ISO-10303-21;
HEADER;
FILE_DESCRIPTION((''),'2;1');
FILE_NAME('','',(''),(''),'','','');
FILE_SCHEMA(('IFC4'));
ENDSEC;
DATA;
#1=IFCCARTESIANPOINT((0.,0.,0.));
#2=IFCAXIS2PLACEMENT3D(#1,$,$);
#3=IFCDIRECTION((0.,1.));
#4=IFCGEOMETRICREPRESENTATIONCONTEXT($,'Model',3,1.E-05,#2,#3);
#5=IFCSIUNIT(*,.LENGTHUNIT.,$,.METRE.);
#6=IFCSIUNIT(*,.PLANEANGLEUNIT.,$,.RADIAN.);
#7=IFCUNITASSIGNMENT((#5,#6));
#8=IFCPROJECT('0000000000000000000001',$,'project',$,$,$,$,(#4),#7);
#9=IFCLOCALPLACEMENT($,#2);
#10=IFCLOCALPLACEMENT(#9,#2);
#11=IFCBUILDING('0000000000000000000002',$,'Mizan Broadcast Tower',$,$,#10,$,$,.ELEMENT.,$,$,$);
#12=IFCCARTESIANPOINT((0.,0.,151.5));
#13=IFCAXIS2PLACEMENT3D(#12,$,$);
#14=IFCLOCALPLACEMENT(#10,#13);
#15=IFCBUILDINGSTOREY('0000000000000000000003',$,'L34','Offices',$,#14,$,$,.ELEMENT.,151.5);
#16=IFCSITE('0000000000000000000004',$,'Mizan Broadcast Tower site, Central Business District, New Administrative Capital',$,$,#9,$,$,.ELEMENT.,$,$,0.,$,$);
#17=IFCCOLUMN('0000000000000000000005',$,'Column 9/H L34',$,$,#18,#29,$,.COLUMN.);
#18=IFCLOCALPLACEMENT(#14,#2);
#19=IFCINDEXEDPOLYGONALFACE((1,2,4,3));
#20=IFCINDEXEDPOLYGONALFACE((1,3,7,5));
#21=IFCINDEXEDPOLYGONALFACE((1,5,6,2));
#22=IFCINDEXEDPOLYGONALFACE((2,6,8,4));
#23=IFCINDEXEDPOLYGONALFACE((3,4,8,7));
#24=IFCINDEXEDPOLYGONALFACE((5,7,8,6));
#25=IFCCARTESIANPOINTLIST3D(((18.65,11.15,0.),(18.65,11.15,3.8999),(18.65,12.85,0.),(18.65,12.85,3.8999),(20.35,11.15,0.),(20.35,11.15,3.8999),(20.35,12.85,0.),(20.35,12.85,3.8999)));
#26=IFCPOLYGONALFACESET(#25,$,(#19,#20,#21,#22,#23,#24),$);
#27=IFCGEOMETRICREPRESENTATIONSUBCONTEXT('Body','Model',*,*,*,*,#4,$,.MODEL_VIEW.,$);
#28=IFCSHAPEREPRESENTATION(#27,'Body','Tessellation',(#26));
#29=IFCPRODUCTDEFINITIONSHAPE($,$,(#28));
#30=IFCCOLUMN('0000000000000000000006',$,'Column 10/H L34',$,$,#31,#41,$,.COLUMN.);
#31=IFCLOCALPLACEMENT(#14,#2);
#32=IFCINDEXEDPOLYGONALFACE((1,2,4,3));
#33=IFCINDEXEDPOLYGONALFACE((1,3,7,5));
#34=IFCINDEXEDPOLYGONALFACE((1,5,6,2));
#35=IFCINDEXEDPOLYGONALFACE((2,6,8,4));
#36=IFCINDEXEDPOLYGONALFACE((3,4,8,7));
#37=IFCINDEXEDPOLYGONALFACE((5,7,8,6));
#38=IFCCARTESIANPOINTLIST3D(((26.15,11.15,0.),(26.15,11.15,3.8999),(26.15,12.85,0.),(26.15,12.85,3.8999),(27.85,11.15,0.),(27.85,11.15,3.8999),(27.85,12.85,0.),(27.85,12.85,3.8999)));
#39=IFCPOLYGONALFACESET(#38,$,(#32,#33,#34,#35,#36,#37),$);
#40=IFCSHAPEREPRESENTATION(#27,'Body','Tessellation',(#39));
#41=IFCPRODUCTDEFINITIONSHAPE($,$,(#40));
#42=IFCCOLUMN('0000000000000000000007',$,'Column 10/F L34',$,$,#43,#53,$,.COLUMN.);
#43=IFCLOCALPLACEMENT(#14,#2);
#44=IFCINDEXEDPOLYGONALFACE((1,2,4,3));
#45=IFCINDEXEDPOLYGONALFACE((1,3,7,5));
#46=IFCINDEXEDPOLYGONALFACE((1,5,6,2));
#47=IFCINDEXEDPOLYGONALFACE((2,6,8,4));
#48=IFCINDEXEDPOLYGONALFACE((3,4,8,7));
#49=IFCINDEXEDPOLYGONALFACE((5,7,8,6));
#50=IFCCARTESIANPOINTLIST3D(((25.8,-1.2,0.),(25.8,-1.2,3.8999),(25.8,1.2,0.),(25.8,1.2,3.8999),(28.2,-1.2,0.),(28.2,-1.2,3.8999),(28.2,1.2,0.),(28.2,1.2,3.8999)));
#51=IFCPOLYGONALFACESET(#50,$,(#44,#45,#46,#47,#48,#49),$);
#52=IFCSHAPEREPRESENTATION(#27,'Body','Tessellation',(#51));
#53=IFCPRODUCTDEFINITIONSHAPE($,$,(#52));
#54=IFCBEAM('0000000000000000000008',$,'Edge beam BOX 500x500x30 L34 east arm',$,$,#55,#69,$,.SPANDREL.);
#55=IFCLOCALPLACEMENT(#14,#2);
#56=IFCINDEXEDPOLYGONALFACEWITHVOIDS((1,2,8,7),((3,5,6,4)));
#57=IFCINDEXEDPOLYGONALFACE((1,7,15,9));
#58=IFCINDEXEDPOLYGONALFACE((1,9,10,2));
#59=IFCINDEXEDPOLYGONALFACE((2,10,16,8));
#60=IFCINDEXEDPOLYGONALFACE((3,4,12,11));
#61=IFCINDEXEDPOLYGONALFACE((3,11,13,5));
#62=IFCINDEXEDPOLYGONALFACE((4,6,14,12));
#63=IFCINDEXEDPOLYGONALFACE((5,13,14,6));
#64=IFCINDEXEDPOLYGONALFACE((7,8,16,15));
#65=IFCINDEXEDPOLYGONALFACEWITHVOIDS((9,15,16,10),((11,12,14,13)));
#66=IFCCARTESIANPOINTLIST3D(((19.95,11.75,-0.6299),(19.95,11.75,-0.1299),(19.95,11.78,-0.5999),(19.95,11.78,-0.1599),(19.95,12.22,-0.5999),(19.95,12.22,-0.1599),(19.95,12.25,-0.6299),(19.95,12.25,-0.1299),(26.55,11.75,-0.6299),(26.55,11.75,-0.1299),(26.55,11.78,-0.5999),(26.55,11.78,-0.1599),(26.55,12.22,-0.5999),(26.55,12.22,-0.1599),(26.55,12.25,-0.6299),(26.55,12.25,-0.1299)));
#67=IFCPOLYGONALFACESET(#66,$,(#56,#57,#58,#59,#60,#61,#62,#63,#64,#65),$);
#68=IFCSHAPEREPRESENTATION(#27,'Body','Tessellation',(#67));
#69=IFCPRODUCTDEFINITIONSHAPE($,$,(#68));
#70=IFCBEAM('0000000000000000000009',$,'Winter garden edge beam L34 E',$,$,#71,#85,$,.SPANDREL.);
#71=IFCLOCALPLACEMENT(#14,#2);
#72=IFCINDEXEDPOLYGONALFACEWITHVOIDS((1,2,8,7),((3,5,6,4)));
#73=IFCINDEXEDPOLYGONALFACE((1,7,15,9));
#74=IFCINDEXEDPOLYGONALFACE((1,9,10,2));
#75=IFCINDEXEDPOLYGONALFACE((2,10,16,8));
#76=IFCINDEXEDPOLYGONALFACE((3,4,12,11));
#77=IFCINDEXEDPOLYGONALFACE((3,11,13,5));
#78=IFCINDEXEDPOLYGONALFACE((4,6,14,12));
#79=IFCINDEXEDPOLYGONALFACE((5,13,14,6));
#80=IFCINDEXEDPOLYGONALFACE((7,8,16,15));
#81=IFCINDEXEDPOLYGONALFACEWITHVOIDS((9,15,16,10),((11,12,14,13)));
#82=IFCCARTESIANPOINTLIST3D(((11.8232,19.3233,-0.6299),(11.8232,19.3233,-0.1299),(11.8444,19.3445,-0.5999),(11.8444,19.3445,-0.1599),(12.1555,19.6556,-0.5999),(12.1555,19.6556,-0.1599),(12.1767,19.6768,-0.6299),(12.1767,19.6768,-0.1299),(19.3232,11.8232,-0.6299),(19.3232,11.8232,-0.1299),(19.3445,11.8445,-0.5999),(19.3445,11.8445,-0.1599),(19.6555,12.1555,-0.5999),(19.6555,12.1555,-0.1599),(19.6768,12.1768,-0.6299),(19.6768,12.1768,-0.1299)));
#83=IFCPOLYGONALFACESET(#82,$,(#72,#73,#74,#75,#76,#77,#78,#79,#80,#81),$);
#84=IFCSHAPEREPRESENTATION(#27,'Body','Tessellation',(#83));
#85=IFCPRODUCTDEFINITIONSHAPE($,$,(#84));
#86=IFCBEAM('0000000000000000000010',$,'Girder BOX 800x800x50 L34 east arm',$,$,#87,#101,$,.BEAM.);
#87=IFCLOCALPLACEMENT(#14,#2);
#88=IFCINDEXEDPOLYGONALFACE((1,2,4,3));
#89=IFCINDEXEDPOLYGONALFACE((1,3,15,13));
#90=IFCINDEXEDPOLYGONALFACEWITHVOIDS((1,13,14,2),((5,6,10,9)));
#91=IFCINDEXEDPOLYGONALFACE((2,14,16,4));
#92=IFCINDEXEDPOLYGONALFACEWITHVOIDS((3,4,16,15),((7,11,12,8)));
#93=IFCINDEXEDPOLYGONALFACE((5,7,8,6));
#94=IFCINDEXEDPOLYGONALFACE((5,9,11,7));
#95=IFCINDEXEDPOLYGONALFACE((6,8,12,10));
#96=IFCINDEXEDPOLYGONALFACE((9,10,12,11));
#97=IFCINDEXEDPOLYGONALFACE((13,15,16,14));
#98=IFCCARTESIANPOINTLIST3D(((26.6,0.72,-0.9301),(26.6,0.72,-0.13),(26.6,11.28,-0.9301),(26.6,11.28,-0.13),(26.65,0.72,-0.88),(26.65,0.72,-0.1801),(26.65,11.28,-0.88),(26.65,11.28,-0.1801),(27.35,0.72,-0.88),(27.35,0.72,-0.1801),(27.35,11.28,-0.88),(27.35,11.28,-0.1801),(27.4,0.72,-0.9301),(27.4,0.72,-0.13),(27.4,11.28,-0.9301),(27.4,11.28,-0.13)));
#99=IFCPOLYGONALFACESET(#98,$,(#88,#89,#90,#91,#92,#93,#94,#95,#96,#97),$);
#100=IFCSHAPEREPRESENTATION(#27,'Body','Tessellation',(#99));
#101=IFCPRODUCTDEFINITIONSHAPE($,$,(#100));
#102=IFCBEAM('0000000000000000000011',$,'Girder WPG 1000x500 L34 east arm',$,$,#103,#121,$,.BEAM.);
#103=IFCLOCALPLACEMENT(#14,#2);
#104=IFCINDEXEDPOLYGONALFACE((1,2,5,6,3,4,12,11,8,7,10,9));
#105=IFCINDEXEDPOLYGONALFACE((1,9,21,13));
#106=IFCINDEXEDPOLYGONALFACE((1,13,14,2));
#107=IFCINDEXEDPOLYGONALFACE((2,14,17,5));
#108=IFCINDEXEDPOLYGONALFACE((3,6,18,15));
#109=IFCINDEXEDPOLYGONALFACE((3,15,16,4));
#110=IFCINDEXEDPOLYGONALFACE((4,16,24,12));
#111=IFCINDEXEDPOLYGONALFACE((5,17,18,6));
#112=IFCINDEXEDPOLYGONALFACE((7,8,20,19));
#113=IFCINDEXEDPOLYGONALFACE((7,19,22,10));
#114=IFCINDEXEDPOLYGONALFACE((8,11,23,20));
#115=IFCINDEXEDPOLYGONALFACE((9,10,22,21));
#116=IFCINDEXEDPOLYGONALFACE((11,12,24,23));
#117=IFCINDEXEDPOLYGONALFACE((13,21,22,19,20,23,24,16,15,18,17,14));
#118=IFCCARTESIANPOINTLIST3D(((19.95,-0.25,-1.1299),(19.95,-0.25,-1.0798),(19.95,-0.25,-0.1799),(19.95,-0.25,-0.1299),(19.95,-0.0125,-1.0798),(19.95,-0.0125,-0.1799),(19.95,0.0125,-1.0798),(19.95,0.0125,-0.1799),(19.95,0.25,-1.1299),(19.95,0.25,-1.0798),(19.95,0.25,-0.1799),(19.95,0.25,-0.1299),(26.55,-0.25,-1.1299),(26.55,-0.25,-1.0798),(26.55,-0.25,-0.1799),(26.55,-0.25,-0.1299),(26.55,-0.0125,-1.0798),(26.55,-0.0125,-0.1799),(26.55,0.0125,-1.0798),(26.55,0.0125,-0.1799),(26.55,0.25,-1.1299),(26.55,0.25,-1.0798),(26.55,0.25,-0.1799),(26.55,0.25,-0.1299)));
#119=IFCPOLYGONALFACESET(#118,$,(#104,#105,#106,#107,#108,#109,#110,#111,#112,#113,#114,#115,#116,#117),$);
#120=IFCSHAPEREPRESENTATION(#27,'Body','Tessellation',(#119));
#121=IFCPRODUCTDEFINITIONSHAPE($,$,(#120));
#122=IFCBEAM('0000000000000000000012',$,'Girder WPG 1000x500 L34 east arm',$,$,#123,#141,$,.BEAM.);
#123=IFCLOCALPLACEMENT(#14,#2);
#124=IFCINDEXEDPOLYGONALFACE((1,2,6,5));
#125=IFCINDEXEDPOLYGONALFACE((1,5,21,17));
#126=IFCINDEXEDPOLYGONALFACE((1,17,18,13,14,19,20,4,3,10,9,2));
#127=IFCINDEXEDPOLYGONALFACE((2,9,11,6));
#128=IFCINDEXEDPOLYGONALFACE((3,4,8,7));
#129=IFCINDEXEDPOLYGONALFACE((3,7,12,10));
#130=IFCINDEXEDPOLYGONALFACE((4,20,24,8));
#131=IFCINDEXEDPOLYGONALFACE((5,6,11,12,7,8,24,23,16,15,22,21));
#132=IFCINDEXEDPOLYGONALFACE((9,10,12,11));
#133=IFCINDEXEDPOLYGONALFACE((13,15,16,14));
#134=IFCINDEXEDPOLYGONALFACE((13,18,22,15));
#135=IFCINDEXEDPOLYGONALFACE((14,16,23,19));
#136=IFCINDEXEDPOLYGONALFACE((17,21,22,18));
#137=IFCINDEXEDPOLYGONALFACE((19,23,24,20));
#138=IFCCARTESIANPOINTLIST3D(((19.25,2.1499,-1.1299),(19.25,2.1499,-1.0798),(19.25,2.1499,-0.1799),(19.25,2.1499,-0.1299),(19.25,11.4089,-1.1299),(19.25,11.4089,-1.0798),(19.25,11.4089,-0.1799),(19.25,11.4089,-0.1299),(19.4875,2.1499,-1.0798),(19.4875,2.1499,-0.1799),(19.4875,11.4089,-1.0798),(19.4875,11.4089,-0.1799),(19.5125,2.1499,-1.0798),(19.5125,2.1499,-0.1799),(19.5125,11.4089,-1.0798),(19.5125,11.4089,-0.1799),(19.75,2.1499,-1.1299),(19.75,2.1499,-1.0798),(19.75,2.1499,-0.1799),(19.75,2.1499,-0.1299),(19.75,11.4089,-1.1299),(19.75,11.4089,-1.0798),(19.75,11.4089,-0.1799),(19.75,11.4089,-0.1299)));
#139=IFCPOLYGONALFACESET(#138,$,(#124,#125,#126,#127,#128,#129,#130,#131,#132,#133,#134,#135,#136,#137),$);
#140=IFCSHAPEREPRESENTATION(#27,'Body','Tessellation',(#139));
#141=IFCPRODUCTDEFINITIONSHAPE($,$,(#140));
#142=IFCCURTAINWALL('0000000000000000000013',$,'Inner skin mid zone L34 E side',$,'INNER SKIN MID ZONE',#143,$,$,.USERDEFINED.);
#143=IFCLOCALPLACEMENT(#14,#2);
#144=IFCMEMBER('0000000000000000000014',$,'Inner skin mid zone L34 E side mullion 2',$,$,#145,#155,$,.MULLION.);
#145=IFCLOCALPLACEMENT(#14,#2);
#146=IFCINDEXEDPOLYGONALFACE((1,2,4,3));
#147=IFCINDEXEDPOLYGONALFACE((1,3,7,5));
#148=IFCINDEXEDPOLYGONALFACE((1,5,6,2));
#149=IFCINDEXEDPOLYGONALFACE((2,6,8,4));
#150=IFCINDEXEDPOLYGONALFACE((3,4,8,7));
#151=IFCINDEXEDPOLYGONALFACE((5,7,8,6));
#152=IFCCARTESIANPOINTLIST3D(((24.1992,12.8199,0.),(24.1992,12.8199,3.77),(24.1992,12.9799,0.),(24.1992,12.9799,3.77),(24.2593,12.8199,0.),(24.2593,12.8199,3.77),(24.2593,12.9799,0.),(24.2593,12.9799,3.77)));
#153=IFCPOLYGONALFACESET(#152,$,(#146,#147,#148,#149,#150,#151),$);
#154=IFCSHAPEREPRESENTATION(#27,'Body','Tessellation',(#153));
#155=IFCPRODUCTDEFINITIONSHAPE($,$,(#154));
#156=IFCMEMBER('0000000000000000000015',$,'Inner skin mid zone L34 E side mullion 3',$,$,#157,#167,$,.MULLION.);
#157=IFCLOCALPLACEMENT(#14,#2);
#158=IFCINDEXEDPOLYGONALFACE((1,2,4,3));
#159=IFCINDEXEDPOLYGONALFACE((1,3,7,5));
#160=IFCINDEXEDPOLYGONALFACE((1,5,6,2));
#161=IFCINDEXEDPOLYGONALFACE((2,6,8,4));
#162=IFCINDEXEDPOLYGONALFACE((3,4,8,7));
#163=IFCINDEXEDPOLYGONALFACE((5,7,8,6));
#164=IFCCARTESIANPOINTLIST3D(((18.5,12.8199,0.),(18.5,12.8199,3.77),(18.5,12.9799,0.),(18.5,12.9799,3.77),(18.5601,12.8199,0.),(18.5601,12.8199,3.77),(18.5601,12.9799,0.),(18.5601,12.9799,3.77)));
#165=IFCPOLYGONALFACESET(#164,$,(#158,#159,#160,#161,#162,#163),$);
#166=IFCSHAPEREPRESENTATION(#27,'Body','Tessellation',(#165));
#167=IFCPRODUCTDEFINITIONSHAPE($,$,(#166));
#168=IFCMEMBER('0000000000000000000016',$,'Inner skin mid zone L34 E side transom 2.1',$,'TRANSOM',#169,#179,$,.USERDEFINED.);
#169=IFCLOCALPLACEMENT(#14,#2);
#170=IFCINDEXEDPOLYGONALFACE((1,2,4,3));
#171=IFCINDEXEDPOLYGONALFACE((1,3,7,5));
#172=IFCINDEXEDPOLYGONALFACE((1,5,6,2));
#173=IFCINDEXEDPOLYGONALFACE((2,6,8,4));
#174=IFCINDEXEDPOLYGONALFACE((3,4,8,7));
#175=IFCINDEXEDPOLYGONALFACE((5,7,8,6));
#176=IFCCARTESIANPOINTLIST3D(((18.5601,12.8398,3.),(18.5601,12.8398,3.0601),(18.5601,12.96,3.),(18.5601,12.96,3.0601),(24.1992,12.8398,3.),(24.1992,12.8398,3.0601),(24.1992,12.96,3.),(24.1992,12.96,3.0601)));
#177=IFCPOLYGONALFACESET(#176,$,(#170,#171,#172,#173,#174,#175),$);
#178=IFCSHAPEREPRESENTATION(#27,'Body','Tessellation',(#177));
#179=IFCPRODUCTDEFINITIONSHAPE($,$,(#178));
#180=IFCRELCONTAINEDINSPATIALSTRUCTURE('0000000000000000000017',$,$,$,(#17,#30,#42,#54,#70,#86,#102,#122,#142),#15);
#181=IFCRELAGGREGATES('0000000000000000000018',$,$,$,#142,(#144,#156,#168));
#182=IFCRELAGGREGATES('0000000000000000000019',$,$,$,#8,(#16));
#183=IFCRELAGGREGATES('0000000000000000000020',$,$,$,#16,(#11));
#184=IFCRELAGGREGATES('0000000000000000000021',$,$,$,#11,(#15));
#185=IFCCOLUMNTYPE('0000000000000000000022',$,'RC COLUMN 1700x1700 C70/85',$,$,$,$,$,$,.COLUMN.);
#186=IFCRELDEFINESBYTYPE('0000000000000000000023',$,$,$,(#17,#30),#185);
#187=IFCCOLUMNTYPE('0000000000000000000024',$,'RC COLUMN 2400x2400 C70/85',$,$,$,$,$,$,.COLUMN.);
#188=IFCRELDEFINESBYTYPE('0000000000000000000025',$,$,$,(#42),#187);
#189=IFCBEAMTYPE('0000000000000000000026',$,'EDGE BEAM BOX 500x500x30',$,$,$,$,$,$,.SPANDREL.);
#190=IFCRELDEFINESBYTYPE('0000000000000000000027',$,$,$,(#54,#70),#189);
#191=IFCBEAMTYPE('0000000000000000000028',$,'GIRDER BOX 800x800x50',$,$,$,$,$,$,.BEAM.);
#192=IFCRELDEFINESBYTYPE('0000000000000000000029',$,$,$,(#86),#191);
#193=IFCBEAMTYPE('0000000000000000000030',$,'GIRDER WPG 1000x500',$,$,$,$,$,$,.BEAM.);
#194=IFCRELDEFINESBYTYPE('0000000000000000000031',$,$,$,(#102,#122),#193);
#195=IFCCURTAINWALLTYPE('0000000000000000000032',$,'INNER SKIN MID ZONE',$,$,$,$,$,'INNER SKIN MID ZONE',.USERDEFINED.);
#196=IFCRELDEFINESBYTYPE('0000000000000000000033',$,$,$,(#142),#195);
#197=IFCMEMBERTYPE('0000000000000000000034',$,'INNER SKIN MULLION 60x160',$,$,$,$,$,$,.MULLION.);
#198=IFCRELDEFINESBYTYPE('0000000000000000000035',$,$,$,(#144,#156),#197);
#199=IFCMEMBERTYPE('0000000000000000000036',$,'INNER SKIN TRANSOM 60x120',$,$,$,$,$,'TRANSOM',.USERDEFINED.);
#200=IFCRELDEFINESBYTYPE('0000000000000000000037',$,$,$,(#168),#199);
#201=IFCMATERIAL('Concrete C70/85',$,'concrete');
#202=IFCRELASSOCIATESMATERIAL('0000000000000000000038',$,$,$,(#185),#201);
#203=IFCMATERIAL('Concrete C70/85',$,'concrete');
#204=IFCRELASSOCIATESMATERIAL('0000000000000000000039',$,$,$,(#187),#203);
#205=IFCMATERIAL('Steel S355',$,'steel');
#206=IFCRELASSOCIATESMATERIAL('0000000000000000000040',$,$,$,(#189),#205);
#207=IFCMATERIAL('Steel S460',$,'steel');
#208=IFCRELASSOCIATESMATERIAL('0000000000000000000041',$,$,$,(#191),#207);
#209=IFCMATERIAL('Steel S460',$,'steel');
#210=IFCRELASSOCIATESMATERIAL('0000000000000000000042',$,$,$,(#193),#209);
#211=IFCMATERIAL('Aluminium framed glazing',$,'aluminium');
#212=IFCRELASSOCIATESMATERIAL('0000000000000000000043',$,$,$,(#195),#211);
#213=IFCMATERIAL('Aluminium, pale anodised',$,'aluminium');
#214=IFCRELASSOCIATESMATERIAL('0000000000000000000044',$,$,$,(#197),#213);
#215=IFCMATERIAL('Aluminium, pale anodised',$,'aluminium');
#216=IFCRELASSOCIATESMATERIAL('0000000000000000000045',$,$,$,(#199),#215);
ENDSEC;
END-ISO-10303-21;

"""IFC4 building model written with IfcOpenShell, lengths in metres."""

from ifc_helpers import new_model, si_unit, direction, frame, origin, origin_2d, place, context, subcontext, project, spatial, rectangle, hollow_rectangle, i_section, extrude, material, material_profile, profile_set, type_object, element, aggregate, save


model = new_model("IFC4")

# Units and contexts
model_context = context("Model", 3, precision=1e-05, world=origin(), true_north=direction((0.0, 1.0)))
body_context = subcontext(model_context, "Body", "Model", "MODEL_VIEW")
ifc_project = project(units=[si_unit("LENGTHUNIT", "METRE"), si_unit("PLANEANGLEUNIT", "RADIAN")], contexts=[model_context])

# Site, building, storey
site_placement = place(None, origin())
site = spatial("IfcSite", under=ifc_project, at=site_placement, Name="Mizan Broadcast Tower site, Central Business District, New Administrative Capital", CompositionType="ELEMENT", RefElevation=0.0)
building_placement = place(site_placement, origin())
building = spatial("IfcBuilding", under=site, at=building_placement, Name="Mizan Broadcast Tower", CompositionType="ELEMENT")
storey_placement = place(building_placement, frame((0.0, 0.0, 151.5)))
storey = spatial("IfcBuildingStorey", under=building, at=storey_placement, Name="L34", Description="Offices", CompositionType="ELEMENT", Elevation=151.5)

# Columns
ifc_material_1 = material(Name="Concrete C70/85", Category="concrete")
ifc_material_profile_1 = material_profile(ifc_material_1, rectangle(XDim=1.7, YDim=1.7, at=origin_2d()), Name="RC 1700x1700")
ifc_profile_set_1 = profile_set([ifc_material_profile_1], Name="Concrete C70/85")
column_type_1 = type_object("IfcColumnType", Name="RC COLUMN 1700x1700 C70/85", PredefinedType="COLUMN", material=ifc_profile_set_1)
for number, where, z_axis, x_axis, name in (
    (1, (19.5, 12.0, 0.0), (0.0, 0.0, 1.0), (1.0, 0.0, 0.0), "Column 9/H L34"),
    (2, (27.0, 12.0, 0.0), (0.0, 0.0, 1.0), (1.0, 0.0, 0.0), "Column 10/H L34"),
):
    element("IfcColumn", number, at=place(storey_placement, frame(where, z_axis=z_axis, x_axis=x_axis)), inside=storey, type_object=column_type_1, Name=name, PredefinedType="COLUMN", context=body_context, shape_type="SweptSolid", body=[
        extrude(rectangle(XDim=1.7, YDim=1.7, at=origin_2d()), origin(), (0.0, 0.0, 1.0), 3.8999),
    ])
ifc_material_2 = material(Name="Concrete C70/85", Category="concrete")
ifc_material_profile_2 = material_profile(ifc_material_2, rectangle(XDim=2.3999, YDim=2.3999, at=origin_2d()), Name="RC 2400x2400")
ifc_profile_set_2 = profile_set([ifc_material_profile_2], Name="Concrete C70/85")
column_type_2 = type_object("IfcColumnType", Name="RC COLUMN 2400x2400 C70/85", PredefinedType="COLUMN", material=ifc_profile_set_2)
column_placement = place(storey_placement, frame((27.0, 0.0, 0.0), z_axis=(0.0, 0.0, 1.0), x_axis=(1.0, 0.0, 0.0)))
element("IfcColumn", 3, at=column_placement, inside=storey, type_object=column_type_2, Name="Column 10/F L34", PredefinedType="COLUMN", context=body_context, shape_type="SweptSolid", body=[
    extrude(rectangle(XDim=2.3999, YDim=2.3999, at=origin_2d()), origin(), (0.0, 0.0, 1.0), 3.8999),
])

# Beams
ifc_material_3 = material(Name="Steel S355", Category="steel")
ifc_material_profile_3 = material_profile(ifc_material_3, hollow_rectangle(XDim=0.5, YDim=0.5, WallThickness=0.03, at=origin_2d()), Name="BOX 500x500x30")
ifc_profile_set_3 = profile_set([ifc_material_profile_3], Name="Steel S355")
beam_type_1 = type_object("IfcBeamType", Name="EDGE BEAM BOX 500x500x30", PredefinedType="SPANDREL", material=ifc_profile_set_3)
beam_1_placement = place(storey_placement, frame((19.95, 12.0, -0.3799), z_axis=(1.0, 0.0, 0.0), x_axis=(0.0, 1.0, 0.0)))
element("IfcBeam", 4, at=beam_1_placement, inside=storey, type_object=beam_type_1, Name="Edge beam BOX 500x500x30 L34 east arm", PredefinedType="SPANDREL", context=body_context, shape_type="SweptSolid", body=[
    extrude(hollow_rectangle(XDim=0.5, YDim=0.5, WallThickness=0.03, at=origin_2d()), origin(), (0.0, 0.0, 1.0), 6.6001),
])
beam_2_placement = place(storey_placement, frame((19.5, 12.0, -0.3799), z_axis=(-0.707107, 0.707107, 0.0), x_axis=(-0.707107, -0.707107, 0.0)))
element("IfcBeam", 5, at=beam_2_placement, inside=storey, type_object=beam_type_1, Name="Winter garden edge beam L34 E", PredefinedType="SPANDREL", context=body_context, shape_type="SweptSolid", body=[
    extrude(hollow_rectangle(XDim=0.5, YDim=0.5, WallThickness=0.03, at=origin_2d()), origin(), (0.0, 0.0, 1.0), 10.6067),
])
ifc_material_4 = material(Name="Steel S460", Category="steel")
ifc_material_profile_4 = material_profile(ifc_material_4, hollow_rectangle(XDim=0.8, YDim=0.8, WallThickness=0.05, at=origin_2d()), Name="BOX 800x800x50")
ifc_profile_set_4 = profile_set([ifc_material_profile_4], Name="Steel S460")
beam_type_2 = type_object("IfcBeamType", Name="GIRDER BOX 800x800x50", PredefinedType="BEAM", material=ifc_profile_set_4)
beam_3_placement = place(storey_placement, frame((27.0, 11.28, -0.53), z_axis=(0.0, -1.0, 0.0), x_axis=(1.0, 0.0, 0.0)))
element("IfcBeam", 6, at=beam_3_placement, inside=storey, type_object=beam_type_2, Name="Girder BOX 800x800x50 L34 east arm", PredefinedType="BEAM", context=body_context, shape_type="SweptSolid", body=[
    extrude(hollow_rectangle(XDim=0.8, YDim=0.8, WallThickness=0.05, at=origin_2d()), origin(), (0.0, 0.0, 1.0), 10.5601),
])
ifc_material_5 = material(Name="Steel S460", Category="steel")
ifc_material_profile_5 = material_profile(ifc_material_5, i_section(OverallWidth=0.5, OverallDepth=1.0, WebThickness=0.0249, FlangeThickness=0.05, at=origin_2d()), Name="WPG 1000x500")
ifc_profile_set_5 = profile_set([ifc_material_profile_5], Name="Steel S460")
beam_type_3 = type_object("IfcBeamType", Name="GIRDER WPG 1000x500", PredefinedType="BEAM", material=ifc_profile_set_5)
beam_4_placement = place(storey_placement, frame((19.95, 0.0, -0.6299), z_axis=(1.0, 0.0, 0.0), x_axis=(0.0, 1.0, 0.0)))
element("IfcBeam", 7, at=beam_4_placement, inside=storey, type_object=beam_type_3, Name="Girder WPG 1000x500 L34 east arm", PredefinedType="BEAM", context=body_context, shape_type="SweptSolid", body=[
    extrude(i_section(OverallWidth=0.5, OverallDepth=1.0, WebThickness=0.0249, FlangeThickness=0.05, at=origin_2d()), origin(), (0.0, 0.0, 1.0), 6.6001),
])
beam_5_placement = place(storey_placement, frame((19.5, 11.4089, -0.6299), z_axis=(0.0, -1.0, 0.0), x_axis=(1.0, 0.0, 0.0)))
element("IfcBeam", 8, at=beam_5_placement, inside=storey, type_object=beam_type_3, Name="Girder WPG 1000x500 L34 east arm", PredefinedType="BEAM", context=body_context, shape_type="SweptSolid", body=[
    extrude(i_section(OverallWidth=0.5, OverallDepth=1.0, WebThickness=0.0249, FlangeThickness=0.05, at=origin_2d()), origin(), (0.0, 0.0, 1.0), 9.259),
])

# Curtain wall, members
ifc_material_6 = material(Name="Aluminium framed glazing", Category="aluminium")
curtain_wall_type_1 = type_object("IfcCurtainWallType", Name="INNER SKIN MID ZONE", ElementType="INNER SKIN MID ZONE", PredefinedType="USERDEFINED", material=ifc_material_6)
curtain_wall_1_placement = place(storey_placement, origin())
curtain_wall_1 = element("IfcCurtainWall", 9, at=curtain_wall_1_placement, inside=storey, type_object=curtain_wall_type_1, Name="Inner skin mid zone L34 E side", ObjectType="INNER SKIN MID ZONE", PredefinedType="USERDEFINED")
ifc_material_7 = material(Name="Aluminium, pale anodised", Category="aluminium")
ifc_material_profile_6 = material_profile(ifc_material_7, rectangle(XDim=0.1599, YDim=0.0601, at=origin_2d()), Name="MULLION 160x60")
ifc_profile_set_6 = profile_set([ifc_material_profile_6], Name="Aluminium, pale anodised")
member_type_1 = type_object("IfcMemberType", Name="INNER SKIN MULLION 60x160", PredefinedType="MULLION", material=ifc_profile_set_6)
member_1_placement = place(storey_placement, frame((24.2292, 12.8999, 0.0), z_axis=(0.0, 0.0, 1.0), x_axis=(0.0, -1.0, 0.0)))
member_1 = element("IfcMember", 10, at=member_1_placement, type_object=member_type_1, Name="Inner skin mid zone L34 E side mullion 2", PredefinedType="MULLION", context=body_context, shape_type="SweptSolid", body=[
    extrude(rectangle(XDim=0.1599, YDim=0.0601, at=origin_2d()), origin(), (0.0, 0.0, 1.0), 3.77),
])
member_2_placement = place(storey_placement, frame((18.53, 12.8999, 0.0), z_axis=(0.0, 0.0, 1.0), x_axis=(0.0, -1.0, 0.0)))
member_2 = element("IfcMember", 11, at=member_2_placement, type_object=member_type_1, Name="Inner skin mid zone L34 E side mullion 3", PredefinedType="MULLION", context=body_context, shape_type="SweptSolid", body=[
    extrude(rectangle(XDim=0.1599, YDim=0.0601, at=origin_2d()), origin(), (0.0, 0.0, 1.0), 3.77),
])
ifc_material_8 = material(Name="Aluminium, pale anodised", Category="aluminium")
ifc_material_profile_7 = material_profile(ifc_material_8, rectangle(XDim=0.1201, YDim=0.0601, at=origin_2d()), Name="TRANSOM 120x60")
ifc_profile_set_7 = profile_set([ifc_material_profile_7], Name="Aluminium, pale anodised")
member_type_2 = type_object("IfcMemberType", Name="INNER SKIN TRANSOM 60x120", ElementType="TRANSOM", PredefinedType="USERDEFINED", material=ifc_profile_set_7)
member_3_placement = place(storey_placement, frame((24.1992, 12.8999, 3.03), z_axis=(-1.0, 0.0, 0.0), x_axis=(0.0, -1.0, 0.0)))
member_3 = element("IfcMember", 12, at=member_3_placement, type_object=member_type_2, Name="Inner skin mid zone L34 E side transom 2.1", ObjectType="TRANSOM", PredefinedType="USERDEFINED", context=body_context, shape_type="SweptSolid", body=[
    extrude(rectangle(XDim=0.1201, YDim=0.0601, at=origin_2d()), origin(), (0.0, 0.0, 1.0), 5.6392),
])

aggregate(curtain_wall_1, [member_1, member_2, member_3])

save(model, "model.ifc")
